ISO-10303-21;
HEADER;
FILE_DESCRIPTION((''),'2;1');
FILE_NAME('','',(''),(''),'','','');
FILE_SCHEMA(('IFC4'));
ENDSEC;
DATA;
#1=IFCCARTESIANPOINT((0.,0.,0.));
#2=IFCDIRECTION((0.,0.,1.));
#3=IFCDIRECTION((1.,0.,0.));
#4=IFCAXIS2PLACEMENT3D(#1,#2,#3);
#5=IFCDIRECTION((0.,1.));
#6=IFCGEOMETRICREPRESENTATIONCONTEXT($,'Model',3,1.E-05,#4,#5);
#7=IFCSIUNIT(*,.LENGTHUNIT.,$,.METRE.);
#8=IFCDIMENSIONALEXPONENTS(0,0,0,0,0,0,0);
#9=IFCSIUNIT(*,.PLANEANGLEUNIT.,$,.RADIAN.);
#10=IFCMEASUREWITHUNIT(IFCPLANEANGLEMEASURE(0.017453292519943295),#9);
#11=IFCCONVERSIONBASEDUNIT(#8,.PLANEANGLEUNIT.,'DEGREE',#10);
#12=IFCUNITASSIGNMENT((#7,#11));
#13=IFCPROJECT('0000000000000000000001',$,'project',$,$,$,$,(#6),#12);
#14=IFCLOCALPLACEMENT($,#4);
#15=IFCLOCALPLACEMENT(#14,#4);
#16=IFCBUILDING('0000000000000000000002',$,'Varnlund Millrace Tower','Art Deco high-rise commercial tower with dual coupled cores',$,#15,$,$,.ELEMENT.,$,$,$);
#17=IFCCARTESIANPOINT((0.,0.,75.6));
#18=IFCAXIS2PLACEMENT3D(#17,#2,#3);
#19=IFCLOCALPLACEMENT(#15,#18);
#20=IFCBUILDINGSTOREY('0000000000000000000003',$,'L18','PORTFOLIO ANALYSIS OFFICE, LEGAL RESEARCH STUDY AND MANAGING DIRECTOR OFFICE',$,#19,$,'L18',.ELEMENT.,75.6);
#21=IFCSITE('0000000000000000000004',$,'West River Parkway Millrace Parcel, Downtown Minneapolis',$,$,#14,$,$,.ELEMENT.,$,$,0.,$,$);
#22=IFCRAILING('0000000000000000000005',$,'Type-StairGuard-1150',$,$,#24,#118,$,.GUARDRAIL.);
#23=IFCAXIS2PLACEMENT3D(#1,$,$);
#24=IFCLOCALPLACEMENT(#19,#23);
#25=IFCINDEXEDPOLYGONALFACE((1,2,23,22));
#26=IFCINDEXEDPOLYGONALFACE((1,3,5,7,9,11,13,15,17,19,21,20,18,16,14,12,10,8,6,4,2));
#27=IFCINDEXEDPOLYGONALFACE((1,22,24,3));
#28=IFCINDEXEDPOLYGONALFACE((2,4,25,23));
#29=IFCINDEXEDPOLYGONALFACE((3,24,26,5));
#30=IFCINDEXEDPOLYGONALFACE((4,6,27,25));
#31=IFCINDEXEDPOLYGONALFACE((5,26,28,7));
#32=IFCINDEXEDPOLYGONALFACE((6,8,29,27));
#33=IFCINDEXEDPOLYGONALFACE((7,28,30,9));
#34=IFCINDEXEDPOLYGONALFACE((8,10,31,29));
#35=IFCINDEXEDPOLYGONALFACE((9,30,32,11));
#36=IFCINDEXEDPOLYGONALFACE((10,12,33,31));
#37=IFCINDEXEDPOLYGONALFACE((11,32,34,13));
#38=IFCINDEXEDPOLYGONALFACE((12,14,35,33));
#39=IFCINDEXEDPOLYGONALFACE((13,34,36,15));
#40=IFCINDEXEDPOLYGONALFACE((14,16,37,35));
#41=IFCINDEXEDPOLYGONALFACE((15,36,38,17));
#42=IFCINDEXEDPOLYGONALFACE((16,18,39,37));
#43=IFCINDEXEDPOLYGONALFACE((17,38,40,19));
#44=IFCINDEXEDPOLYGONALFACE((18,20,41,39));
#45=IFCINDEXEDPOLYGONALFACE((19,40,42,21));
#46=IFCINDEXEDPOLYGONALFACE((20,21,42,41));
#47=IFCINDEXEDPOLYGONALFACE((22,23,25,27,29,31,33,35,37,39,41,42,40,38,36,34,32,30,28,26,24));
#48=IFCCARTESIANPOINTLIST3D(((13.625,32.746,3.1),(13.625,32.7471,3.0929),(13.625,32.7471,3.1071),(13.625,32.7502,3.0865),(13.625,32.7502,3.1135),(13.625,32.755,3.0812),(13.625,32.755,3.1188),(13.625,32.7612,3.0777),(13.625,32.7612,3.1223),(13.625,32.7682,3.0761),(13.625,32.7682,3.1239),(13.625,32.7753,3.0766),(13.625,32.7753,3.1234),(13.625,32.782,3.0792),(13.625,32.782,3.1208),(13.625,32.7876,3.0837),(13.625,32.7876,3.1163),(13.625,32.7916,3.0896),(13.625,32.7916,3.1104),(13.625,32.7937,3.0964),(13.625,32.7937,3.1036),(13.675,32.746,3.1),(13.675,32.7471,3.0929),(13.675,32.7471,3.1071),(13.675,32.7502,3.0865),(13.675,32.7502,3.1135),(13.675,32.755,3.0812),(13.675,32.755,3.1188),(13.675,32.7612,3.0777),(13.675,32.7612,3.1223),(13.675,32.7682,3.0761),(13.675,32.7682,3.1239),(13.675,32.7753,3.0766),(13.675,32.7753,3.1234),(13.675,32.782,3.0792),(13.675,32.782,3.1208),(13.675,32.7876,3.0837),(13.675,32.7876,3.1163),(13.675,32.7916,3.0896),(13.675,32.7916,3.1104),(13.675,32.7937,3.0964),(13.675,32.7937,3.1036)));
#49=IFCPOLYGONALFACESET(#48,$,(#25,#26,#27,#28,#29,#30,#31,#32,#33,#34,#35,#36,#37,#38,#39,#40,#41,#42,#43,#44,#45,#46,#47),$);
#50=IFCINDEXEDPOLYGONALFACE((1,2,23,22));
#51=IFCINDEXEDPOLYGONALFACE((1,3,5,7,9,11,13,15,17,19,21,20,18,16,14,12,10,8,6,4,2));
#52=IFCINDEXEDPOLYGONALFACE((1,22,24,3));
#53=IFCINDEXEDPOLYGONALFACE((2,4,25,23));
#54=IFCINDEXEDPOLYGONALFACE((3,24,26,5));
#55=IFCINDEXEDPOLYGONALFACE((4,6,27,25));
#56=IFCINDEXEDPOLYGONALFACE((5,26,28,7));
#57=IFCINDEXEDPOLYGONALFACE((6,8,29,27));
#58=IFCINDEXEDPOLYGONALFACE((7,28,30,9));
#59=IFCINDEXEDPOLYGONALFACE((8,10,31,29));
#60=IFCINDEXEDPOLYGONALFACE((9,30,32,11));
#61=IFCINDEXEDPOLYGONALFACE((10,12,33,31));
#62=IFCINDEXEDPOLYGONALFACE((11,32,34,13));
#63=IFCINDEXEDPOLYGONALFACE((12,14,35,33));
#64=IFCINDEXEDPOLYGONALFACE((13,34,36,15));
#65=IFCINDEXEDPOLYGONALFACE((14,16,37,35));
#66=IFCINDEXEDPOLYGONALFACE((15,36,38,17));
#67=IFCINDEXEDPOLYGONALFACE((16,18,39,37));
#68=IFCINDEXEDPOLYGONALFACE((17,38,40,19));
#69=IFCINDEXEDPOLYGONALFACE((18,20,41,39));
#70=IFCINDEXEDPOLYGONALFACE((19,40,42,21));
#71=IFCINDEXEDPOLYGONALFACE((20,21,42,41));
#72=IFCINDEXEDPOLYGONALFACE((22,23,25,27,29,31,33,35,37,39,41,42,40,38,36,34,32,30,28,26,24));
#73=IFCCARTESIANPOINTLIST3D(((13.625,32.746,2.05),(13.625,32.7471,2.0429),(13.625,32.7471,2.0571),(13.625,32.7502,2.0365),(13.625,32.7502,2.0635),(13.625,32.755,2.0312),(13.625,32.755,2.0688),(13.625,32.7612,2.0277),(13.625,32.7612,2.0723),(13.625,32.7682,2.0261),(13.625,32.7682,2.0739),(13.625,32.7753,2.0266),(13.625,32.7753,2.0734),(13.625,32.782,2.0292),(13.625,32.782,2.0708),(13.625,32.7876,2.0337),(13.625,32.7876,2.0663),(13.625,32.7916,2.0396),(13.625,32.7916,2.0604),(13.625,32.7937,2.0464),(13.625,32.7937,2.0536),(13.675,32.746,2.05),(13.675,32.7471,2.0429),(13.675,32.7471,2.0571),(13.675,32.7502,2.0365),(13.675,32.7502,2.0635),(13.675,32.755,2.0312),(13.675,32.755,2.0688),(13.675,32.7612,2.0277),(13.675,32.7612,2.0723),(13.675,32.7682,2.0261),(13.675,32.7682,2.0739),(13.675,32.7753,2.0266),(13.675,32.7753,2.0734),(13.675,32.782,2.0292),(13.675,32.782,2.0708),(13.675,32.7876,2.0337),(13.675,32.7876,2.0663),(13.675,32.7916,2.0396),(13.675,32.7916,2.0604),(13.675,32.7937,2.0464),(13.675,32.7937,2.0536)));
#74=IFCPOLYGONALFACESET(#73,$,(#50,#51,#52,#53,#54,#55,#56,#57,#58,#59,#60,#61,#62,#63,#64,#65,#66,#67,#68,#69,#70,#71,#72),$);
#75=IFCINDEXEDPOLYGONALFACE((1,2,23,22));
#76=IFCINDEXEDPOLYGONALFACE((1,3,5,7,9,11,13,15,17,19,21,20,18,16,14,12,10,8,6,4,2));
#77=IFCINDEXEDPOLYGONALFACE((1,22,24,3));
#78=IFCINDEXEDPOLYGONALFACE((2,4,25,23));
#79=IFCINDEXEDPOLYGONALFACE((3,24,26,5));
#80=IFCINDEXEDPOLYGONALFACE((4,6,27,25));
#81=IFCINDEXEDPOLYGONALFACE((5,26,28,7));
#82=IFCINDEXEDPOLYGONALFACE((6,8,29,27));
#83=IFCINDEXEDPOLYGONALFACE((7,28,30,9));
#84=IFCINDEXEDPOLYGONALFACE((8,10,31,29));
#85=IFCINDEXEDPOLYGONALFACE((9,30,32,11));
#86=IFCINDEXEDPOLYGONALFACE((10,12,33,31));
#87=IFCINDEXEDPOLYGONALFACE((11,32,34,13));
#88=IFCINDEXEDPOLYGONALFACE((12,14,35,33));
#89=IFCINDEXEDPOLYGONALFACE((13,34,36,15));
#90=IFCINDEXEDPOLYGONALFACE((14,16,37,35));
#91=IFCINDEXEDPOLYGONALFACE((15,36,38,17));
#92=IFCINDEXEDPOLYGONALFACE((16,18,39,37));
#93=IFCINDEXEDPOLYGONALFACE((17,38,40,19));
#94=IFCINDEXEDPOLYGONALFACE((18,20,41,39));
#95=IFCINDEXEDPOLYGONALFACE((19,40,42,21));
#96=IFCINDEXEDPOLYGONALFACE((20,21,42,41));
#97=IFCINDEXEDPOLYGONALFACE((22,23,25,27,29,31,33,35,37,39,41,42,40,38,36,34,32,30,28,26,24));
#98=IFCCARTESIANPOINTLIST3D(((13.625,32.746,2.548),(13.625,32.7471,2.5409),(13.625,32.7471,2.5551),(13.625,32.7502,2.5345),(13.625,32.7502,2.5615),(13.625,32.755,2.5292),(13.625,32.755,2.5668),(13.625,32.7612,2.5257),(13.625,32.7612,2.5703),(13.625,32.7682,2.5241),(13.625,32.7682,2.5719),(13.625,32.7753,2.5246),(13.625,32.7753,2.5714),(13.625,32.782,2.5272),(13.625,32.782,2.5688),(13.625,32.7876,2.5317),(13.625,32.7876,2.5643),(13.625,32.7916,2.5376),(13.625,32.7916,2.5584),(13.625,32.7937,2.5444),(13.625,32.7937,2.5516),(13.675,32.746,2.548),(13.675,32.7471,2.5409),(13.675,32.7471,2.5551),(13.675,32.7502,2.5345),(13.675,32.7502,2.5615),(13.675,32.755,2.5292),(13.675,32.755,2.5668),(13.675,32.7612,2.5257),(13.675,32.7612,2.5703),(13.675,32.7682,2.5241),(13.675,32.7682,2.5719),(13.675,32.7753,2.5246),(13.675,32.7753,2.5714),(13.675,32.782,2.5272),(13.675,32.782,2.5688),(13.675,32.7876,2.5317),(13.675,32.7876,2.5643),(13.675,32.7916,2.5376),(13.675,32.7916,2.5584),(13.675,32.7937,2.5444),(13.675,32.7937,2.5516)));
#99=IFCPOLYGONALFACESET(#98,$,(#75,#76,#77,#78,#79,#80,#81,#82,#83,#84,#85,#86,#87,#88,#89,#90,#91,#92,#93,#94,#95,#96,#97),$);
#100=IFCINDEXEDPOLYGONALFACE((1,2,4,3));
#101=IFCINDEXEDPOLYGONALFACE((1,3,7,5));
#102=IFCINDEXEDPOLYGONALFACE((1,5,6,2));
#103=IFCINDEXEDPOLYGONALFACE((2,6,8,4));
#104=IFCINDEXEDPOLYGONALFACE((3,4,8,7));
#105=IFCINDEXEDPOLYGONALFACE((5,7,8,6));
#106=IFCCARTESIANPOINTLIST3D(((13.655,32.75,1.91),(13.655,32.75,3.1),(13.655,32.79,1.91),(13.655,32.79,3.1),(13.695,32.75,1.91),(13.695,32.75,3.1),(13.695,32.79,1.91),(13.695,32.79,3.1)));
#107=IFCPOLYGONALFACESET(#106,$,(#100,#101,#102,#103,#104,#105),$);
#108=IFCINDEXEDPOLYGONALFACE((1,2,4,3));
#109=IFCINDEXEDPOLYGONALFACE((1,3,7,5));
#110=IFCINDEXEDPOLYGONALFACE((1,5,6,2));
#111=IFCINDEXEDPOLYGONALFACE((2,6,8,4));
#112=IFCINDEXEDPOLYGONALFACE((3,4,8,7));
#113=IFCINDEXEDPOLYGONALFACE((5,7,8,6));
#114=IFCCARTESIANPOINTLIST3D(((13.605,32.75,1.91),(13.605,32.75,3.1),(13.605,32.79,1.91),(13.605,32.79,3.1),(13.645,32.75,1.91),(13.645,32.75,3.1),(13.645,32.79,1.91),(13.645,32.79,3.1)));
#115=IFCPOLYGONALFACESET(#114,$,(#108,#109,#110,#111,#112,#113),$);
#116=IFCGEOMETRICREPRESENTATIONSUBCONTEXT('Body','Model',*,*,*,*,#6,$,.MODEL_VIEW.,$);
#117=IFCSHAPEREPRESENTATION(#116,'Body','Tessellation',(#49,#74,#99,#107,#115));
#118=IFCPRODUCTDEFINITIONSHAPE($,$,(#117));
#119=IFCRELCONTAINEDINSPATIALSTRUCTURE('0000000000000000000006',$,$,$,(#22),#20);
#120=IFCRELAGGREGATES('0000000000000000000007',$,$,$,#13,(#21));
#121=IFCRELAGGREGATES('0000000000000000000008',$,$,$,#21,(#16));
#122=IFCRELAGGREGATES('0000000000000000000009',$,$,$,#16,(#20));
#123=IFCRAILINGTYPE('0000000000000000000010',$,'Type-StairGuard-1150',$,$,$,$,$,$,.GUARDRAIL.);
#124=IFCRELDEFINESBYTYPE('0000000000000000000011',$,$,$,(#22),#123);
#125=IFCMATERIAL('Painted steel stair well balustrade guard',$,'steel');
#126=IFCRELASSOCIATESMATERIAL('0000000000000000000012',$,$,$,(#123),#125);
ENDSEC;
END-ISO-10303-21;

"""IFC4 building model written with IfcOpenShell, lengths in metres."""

from ifc_helpers import new_model, entity, si_unit, converted_unit, direction, frame, origin_with_axes, origin_2d_with_axis, place, context, subcontext, project, spatial, rectangle, circle, extrude, material, type_object, element, save


model = new_model("IFC4")

# Units and contexts
model_context = context("Model", 3, precision=1e-05, world=origin_with_axes(), true_north=direction((0.0, 1.0)))
body_context = subcontext(model_context, "Body", "Model", "MODEL_VIEW")
ifc_project = project(units=[si_unit("LENGTHUNIT", "METRE"), converted_unit("PLANEANGLEUNIT", "DEGREE", entity("IfcPlaneAngleMeasure", 0.017453292519943295), si_unit("PLANEANGLEUNIT", "RADIAN"), dimensions=[0, 0, 0, 0, 0, 0, 0])], contexts=[model_context])

# Site, building, storey
site_placement = place(None, origin_with_axes())
site = spatial("IfcSite", under=ifc_project, at=site_placement, Name="West River Parkway Millrace Parcel, Downtown Minneapolis", CompositionType="ELEMENT", RefElevation=0.0)
building_placement = place(site_placement, origin_with_axes())
building = spatial("IfcBuilding", under=site, at=building_placement, Name="Varnlund Millrace Tower", Description="Art Deco high-rise commercial tower with dual coupled cores", CompositionType="ELEMENT")
storey_placement = place(building_placement, frame((0.0, 0.0, 75.6), z_axis=(0.0, 0.0, 1.0), x_axis=(1.0, 0.0, 0.0)))
storey = spatial("IfcBuildingStorey", under=building, at=storey_placement, Name="L18", Description="PORTFOLIO ANALYSIS OFFICE, LEGAL RESEARCH STUDY AND MANAGING DIRECTOR OFFICE", LongName="L18", CompositionType="ELEMENT", Elevation=75.6)

# Railing
ifc_material_1 = material(Name="Painted steel stair well balustrade guard", Category="steel")
railing_type_1 = type_object("IfcRailingType", Name="Type-StairGuard-1150", PredefinedType="GUARDRAIL", material=ifc_material_1)
railing_1_placement = place(storey_placement, frame((0.0, 0.0, -75.6), z_axis=(0.0, 0.0, 1.0), x_axis=(1.0, 0.0, 0.0)))
element("IfcRailing", 1, at=railing_1_placement, inside=storey, type_object=railing_type_1, Name="Type-StairGuard-1150", PredefinedType="GUARDRAIL", context=body_context, shape_type="SweptSolid", body=[
    extrude(circle(Radius=0.024, at=origin_2d_with_axis()), frame((13.675, 32.77, 78.7), z_axis=(-1.0, 0.0, 0.0), x_axis=(0.0, -1.0, 0.0)), (0.0, 0.0, 1.0), 0.05),
    extrude(circle(Radius=0.024, at=origin_2d_with_axis()), frame((13.675, 32.77, 77.65), z_axis=(-1.0, 0.0, 0.0), x_axis=(0.0, -1.0, 0.0)), (0.0, 0.0, 1.0), 0.05),
    extrude(circle(Radius=0.024, at=origin_2d_with_axis()), frame((13.675, 32.77, 78.148), z_axis=(-1.0, 0.0, 0.0), x_axis=(0.0, -1.0, 0.0)), (0.0, 0.0, 1.0), 0.05),
    extrude(rectangle(XDim=0.04, YDim=0.04, at=origin_2d_with_axis()), frame((13.675, 32.77, 77.51), z_axis=(0.0, 0.0, 1.0), x_axis=(1.0, 0.0, 0.0)), (0.0, 0.0, 1.0), 1.19),
    extrude(rectangle(XDim=0.04, YDim=0.04, at=origin_2d_with_axis()), frame((13.625, 32.77, 77.51), z_axis=(0.0, 0.0, 1.0), x_axis=(1.0, 0.0, 0.0)), (0.0, 0.0, 1.0), 1.19),
])

save(model, "model.ifc")
